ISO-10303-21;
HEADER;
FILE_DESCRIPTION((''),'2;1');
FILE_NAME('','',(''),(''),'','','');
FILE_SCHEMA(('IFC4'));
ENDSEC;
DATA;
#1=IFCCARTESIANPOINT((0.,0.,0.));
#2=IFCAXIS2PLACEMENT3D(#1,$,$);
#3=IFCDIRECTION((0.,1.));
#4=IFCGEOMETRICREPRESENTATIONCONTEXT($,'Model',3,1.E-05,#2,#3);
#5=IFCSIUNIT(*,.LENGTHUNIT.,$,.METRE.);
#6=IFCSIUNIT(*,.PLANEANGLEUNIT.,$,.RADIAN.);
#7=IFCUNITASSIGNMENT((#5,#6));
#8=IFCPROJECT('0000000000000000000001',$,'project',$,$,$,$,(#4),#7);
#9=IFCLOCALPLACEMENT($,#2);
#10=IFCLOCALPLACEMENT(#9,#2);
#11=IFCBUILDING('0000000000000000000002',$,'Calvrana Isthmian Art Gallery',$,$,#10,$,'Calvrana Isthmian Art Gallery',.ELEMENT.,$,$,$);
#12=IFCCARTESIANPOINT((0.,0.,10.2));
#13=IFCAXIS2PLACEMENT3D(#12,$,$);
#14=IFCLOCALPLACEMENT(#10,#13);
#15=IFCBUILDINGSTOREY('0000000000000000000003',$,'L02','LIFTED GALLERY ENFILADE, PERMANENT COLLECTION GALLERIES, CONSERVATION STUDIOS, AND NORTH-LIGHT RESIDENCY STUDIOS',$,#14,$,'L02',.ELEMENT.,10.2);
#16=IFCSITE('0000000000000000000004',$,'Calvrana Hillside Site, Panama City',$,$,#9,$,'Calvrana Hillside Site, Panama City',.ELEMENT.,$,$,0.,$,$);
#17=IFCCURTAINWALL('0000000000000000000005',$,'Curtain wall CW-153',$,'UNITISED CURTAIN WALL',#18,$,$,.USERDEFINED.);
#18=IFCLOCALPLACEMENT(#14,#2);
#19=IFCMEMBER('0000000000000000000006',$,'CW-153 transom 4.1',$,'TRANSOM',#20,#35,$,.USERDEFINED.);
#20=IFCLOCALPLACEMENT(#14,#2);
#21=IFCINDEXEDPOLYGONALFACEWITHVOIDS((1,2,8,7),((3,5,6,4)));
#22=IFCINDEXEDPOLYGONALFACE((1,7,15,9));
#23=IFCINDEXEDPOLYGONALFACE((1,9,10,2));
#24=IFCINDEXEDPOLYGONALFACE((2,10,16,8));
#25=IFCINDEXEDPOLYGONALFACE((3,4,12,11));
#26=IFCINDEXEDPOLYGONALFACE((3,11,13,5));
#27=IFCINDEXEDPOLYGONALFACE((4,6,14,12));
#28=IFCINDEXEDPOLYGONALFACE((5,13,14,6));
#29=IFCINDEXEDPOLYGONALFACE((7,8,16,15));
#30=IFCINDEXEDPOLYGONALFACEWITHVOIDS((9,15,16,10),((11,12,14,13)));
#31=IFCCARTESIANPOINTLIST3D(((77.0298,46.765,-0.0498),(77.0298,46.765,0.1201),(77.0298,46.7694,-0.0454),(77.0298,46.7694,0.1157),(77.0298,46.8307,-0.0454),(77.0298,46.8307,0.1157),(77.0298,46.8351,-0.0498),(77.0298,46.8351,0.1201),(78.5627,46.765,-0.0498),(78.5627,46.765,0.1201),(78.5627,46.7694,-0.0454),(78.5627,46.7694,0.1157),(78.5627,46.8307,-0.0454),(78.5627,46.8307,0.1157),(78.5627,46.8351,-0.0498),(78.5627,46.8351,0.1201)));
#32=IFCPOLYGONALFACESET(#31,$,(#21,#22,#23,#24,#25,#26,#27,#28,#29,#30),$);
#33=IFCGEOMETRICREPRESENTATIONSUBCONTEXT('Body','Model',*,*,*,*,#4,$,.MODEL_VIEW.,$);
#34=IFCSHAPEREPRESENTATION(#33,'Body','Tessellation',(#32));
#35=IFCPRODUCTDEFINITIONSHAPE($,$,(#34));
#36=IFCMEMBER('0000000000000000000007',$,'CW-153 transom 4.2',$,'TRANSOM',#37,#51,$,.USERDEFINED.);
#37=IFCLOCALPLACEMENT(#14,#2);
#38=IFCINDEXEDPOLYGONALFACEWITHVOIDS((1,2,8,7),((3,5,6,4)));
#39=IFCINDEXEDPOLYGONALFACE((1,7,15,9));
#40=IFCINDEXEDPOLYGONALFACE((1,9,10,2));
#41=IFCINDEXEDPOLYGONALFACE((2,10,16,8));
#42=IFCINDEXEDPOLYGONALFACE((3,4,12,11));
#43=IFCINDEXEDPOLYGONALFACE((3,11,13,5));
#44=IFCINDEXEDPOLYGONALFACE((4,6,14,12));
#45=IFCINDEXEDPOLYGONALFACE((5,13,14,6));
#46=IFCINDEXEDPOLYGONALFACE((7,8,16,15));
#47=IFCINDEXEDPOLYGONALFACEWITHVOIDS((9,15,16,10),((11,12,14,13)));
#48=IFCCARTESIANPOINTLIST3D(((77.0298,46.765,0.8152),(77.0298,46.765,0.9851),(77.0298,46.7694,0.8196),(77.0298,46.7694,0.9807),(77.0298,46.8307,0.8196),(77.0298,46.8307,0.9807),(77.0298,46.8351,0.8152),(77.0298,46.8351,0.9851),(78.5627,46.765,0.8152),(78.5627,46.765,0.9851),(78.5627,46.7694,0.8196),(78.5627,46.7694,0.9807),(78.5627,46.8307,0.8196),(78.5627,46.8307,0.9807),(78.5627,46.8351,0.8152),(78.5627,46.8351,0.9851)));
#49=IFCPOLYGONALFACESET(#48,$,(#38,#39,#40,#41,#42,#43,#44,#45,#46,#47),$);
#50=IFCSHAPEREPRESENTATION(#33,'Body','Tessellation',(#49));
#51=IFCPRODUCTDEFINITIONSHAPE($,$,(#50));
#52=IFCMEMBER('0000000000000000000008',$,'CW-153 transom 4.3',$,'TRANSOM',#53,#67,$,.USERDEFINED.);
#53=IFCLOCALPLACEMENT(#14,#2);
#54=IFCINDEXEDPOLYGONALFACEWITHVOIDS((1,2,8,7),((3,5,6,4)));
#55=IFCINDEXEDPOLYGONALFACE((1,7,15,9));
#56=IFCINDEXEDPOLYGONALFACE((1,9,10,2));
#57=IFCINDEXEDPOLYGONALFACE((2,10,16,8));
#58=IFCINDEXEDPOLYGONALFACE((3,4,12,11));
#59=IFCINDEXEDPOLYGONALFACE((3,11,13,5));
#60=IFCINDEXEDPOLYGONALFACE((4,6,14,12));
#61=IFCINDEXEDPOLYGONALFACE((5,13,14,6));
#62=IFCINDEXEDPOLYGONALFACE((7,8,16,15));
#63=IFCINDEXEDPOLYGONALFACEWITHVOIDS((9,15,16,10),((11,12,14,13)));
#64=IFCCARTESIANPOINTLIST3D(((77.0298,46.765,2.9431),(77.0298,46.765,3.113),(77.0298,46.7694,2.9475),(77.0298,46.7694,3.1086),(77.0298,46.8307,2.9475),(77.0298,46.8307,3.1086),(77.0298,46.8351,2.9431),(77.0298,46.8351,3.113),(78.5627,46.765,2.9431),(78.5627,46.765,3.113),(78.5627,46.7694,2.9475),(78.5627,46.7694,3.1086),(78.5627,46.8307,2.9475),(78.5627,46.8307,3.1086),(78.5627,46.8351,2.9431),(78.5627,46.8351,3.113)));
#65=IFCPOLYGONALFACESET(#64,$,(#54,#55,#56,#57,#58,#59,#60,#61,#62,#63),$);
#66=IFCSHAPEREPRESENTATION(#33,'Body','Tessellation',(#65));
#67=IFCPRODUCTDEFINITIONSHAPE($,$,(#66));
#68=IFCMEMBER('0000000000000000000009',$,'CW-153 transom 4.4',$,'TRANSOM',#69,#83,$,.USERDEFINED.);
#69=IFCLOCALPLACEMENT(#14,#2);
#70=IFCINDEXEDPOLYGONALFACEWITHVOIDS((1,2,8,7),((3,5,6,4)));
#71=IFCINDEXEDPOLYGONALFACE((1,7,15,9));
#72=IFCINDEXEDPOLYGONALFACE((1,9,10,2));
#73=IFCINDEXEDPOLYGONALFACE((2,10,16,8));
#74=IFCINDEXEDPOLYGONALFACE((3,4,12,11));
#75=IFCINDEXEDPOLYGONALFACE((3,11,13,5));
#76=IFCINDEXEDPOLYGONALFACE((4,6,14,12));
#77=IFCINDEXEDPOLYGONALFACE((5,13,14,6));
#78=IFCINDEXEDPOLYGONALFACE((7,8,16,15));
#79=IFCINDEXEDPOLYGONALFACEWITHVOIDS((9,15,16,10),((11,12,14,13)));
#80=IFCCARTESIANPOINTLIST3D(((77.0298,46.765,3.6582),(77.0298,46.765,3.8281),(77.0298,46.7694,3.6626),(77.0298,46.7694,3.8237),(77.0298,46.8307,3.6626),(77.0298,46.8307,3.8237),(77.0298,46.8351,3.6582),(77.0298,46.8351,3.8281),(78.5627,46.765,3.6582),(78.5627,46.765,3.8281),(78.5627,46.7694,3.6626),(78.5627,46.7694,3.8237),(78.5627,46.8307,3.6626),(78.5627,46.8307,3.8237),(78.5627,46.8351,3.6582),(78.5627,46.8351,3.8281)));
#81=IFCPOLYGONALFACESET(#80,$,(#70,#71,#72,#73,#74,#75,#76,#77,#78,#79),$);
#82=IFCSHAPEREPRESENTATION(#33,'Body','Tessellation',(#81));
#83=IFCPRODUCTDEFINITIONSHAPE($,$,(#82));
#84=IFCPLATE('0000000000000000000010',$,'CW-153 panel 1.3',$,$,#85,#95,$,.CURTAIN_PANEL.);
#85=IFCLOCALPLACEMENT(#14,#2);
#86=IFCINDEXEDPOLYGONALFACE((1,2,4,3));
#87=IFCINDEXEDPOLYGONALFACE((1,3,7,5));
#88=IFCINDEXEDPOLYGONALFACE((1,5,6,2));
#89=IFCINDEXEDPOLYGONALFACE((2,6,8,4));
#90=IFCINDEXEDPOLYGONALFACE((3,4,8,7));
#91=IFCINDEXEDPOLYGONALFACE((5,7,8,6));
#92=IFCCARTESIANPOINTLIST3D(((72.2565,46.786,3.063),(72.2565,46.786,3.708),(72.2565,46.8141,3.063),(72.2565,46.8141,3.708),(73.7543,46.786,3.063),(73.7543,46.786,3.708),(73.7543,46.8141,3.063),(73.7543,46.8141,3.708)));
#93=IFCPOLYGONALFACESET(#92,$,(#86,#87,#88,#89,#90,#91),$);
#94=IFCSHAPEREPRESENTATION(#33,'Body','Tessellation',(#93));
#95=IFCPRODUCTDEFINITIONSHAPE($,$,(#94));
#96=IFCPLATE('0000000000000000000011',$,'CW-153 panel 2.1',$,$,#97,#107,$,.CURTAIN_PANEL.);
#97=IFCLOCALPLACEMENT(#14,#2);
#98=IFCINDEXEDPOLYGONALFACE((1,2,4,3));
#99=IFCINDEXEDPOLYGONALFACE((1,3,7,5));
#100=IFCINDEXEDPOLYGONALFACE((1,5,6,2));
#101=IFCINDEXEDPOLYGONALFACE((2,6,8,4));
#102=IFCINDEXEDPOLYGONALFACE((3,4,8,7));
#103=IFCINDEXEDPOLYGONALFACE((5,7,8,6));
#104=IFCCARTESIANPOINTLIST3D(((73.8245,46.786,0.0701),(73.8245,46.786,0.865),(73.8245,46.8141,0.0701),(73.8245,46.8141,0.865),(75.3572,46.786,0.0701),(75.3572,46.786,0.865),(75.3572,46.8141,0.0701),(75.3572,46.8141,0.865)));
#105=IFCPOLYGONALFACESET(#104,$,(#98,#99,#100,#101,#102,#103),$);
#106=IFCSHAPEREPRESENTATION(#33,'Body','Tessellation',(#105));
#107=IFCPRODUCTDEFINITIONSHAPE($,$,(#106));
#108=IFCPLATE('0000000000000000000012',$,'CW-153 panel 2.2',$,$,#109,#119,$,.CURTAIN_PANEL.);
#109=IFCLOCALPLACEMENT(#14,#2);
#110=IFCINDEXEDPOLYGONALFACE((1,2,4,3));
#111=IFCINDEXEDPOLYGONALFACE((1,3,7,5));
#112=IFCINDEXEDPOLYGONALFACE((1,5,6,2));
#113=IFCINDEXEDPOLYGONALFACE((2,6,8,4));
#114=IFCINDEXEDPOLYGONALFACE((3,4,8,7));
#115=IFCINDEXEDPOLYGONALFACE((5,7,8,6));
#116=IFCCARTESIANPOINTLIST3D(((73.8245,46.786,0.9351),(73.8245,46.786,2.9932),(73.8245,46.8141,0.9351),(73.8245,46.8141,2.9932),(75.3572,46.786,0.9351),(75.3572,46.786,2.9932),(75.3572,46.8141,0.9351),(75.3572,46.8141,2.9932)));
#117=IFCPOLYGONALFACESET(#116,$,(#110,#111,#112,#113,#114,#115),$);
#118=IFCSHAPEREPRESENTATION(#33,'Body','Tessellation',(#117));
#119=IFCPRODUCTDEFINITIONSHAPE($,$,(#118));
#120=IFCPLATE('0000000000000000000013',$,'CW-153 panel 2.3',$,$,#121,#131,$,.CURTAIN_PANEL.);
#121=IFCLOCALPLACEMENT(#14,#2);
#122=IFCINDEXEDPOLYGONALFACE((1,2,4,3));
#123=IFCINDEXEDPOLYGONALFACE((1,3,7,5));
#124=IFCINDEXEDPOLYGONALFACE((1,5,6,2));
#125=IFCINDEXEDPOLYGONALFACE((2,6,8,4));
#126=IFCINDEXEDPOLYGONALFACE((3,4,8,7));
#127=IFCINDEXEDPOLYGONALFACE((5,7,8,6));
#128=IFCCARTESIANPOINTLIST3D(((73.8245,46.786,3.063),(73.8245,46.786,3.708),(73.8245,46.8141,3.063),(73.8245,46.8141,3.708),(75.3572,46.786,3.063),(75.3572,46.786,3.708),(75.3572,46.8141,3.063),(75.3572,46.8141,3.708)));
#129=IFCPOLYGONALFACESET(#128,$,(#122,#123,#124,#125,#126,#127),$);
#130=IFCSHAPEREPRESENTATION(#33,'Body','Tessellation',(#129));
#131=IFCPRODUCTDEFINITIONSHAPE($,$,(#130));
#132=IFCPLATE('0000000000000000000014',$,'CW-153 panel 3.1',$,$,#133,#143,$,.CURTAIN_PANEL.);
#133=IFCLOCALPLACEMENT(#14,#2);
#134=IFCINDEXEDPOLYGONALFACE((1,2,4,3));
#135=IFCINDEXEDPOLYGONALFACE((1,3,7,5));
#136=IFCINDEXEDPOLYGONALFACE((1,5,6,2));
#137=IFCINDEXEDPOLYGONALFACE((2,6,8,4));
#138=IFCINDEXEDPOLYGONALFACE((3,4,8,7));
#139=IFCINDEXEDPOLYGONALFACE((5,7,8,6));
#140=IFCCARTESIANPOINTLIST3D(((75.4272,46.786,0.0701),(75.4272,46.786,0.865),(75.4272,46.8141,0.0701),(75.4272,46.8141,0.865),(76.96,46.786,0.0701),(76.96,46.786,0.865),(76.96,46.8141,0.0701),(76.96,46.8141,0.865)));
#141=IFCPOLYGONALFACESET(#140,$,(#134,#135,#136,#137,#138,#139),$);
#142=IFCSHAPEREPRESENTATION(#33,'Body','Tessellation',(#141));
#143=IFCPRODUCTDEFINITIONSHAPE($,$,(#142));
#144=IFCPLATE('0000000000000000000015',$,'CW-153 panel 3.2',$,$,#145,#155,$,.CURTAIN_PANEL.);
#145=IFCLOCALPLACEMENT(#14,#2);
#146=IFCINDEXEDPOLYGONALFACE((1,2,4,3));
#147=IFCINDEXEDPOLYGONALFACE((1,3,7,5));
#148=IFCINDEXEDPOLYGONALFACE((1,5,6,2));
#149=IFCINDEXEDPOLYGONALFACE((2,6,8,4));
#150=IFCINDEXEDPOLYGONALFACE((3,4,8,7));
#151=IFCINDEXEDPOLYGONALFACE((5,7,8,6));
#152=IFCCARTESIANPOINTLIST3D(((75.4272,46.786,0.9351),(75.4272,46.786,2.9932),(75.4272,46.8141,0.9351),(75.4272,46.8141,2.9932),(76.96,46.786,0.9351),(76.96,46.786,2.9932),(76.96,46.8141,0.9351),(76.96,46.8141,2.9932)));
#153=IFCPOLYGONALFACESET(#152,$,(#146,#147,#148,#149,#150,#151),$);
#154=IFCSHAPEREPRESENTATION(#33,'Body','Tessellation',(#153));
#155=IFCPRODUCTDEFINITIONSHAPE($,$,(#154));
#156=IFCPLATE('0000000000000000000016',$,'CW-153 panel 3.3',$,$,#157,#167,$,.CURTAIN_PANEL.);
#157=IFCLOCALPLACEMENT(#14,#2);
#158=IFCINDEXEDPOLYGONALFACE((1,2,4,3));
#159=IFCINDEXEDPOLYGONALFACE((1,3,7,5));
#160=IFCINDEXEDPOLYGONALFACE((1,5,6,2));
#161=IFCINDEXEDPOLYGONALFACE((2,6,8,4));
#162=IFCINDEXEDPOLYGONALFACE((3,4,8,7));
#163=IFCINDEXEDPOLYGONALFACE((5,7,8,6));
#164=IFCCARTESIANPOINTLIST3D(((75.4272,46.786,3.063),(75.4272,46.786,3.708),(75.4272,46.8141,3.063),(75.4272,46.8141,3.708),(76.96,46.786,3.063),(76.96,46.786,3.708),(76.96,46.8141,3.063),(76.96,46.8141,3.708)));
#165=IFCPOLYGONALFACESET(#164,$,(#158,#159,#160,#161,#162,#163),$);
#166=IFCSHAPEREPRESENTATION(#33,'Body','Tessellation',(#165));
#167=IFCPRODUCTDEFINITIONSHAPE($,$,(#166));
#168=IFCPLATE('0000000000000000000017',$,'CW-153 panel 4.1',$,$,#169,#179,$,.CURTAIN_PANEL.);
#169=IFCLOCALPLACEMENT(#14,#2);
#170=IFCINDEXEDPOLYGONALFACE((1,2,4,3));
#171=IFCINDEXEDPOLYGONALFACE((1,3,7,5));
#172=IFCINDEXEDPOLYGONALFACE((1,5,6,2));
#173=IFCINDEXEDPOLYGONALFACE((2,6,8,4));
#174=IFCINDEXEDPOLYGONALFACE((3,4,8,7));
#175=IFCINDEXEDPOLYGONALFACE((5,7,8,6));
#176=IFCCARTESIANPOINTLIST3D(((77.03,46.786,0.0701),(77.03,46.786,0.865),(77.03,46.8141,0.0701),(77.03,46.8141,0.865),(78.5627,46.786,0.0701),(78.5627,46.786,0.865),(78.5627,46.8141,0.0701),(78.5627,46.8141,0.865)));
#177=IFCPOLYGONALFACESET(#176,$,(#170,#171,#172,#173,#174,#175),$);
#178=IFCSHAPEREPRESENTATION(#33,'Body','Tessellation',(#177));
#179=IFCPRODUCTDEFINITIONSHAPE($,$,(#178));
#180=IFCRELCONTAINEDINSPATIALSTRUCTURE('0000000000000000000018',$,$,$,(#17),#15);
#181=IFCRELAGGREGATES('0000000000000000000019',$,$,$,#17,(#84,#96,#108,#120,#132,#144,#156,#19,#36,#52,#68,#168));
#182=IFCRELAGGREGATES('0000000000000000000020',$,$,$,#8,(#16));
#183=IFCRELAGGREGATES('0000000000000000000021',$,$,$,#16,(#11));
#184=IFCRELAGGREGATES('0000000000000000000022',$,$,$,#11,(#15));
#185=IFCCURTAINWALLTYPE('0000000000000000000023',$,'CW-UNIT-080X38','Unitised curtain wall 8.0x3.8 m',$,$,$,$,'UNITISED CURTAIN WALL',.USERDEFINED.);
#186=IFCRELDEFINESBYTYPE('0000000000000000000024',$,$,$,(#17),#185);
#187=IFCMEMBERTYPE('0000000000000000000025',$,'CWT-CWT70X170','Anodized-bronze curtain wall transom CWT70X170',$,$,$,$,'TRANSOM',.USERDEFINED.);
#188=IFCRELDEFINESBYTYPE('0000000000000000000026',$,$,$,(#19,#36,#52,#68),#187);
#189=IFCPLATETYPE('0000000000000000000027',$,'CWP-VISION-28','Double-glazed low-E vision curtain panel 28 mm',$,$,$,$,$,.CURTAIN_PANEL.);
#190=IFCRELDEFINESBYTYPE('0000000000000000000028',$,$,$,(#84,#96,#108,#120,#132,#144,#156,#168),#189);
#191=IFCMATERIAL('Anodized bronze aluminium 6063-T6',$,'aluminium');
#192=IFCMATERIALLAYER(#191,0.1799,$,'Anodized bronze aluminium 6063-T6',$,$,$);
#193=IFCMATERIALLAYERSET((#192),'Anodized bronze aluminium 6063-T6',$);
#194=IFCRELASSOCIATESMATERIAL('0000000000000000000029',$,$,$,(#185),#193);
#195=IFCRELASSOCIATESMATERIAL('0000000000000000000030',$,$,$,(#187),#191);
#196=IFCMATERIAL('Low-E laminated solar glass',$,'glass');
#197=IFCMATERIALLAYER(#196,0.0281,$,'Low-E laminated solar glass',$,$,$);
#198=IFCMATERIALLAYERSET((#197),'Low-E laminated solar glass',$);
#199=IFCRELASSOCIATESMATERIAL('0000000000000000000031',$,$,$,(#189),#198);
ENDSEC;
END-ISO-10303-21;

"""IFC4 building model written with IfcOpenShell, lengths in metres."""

from ifc_helpers import new_model, si_unit, direction, frame, origin, origin_2d, place, context, subcontext, project, spatial, rectangle, hollow_rectangle, extrude, material, layer, layer_set, material_profile, profile_set, type_object, element, aggregate, save


model = new_model("IFC4")

# Units and contexts
model_context = context("Model", 3, precision=1e-05, world=origin(), true_north=direction((0.0, 1.0)))
body_context = subcontext(model_context, "Body", "Model", "MODEL_VIEW")
ifc_project = project(units=[si_unit("LENGTHUNIT", "METRE"), si_unit("PLANEANGLEUNIT", "RADIAN")], contexts=[model_context])

# Site, building, storey
site_placement = place(None, origin())
site = spatial("IfcSite", under=ifc_project, at=site_placement, Name="Calvrana Hillside Site, Panama City", LongName="Calvrana Hillside Site, Panama City", CompositionType="ELEMENT", RefElevation=0.0)
building_placement = place(site_placement, origin())
building = spatial("IfcBuilding", under=site, at=building_placement, Name="Calvrana Isthmian Art Gallery", LongName="Calvrana Isthmian Art Gallery", CompositionType="ELEMENT")
storey_placement = place(building_placement, frame((0.0, 0.0, 10.2)))
storey = spatial("IfcBuildingStorey", under=building, at=storey_placement, Name="L02", Description="LIFTED GALLERY ENFILADE, PERMANENT COLLECTION GALLERIES, CONSERVATION STUDIOS, AND NORTH-LIGHT RESIDENCY STUDIOS", LongName="L02", CompositionType="ELEMENT", Elevation=10.2)

# Curtain wall, members, plates
ifc_material_1 = material(Name="Anodized bronze aluminium 6063-T6", Category="aluminium")
ifc_layer_1 = layer(ifc_material_1, 0.1799, Name="Anodized bronze aluminium 6063-T6")
ifc_layer_set_1 = layer_set([ifc_layer_1], Name="Anodized bronze aluminium 6063-T6")
curtain_wall_type = type_object("IfcCurtainWallType", Name="CW-UNIT-080X38", Description="Unitised curtain wall 8.0x3.8 m", ElementType="UNITISED CURTAIN WALL", PredefinedType="USERDEFINED", material=ifc_layer_set_1)
curtain_wall_placement = place(storey_placement, origin())
curtain_wall = element("IfcCurtainWall", 1, at=curtain_wall_placement, inside=storey, type_object=curtain_wall_type, Name="Curtain wall CW-153", ObjectType="UNITISED CURTAIN WALL", PredefinedType="USERDEFINED")
ifc_material_profile_1 = material_profile(ifc_material_1, hollow_rectangle(XDim=0.0701, YDim=0.1699, WallThickness=0.0044, at=origin_2d()), Name="CWT70X170")
ifc_profile_set_1 = profile_set([ifc_material_profile_1], Name="Anodized bronze aluminium 6063-T6")
member_type_1 = type_object("IfcMemberType", Name="CWT-CWT70X170", Description="Anodized-bronze curtain wall transom CWT70X170", ElementType="TRANSOM", PredefinedType="USERDEFINED", material=ifc_profile_set_1)
member_1_placement = place(storey_placement, frame((77.0298, 46.8, 0.0352), z_axis=(1.0, 0.0, 0.0), x_axis=(0.0, 1.0, 0.0)))
member_1 = element("IfcMember", 2, at=member_1_placement, type_object=member_type_1, Name="CW-153 transom 4.1", ObjectType="TRANSOM", PredefinedType="USERDEFINED", context=body_context, shape_type="SweptSolid", body=[
    extrude(hollow_rectangle(XDim=0.0701, YDim=0.1699, WallThickness=0.0044, at=origin_2d()), origin(), (0.0, 0.0, 1.0), 1.533),
])
member_2_placement = place(storey_placement, frame((77.0298, 46.8, 0.9001), z_axis=(1.0, 0.0, 0.0), x_axis=(0.0, 1.0, 0.0)))
member_2 = element("IfcMember", 3, at=member_2_placement, type_object=member_type_1, Name="CW-153 transom 4.2", ObjectType="TRANSOM", PredefinedType="USERDEFINED", context=body_context, shape_type="SweptSolid", body=[
    extrude(hollow_rectangle(XDim=0.0701, YDim=0.1699, WallThickness=0.0044, at=origin_2d()), origin(), (0.0, 0.0, 1.0), 1.533),
])
member_3_placement = place(storey_placement, frame((77.0298, 46.8, 3.0281), z_axis=(1.0, 0.0, 0.0), x_axis=(0.0, 1.0, 0.0)))
member_3 = element("IfcMember", 4, at=member_3_placement, type_object=member_type_1, Name="CW-153 transom 4.3", ObjectType="TRANSOM", PredefinedType="USERDEFINED", context=body_context, shape_type="SweptSolid", body=[
    extrude(hollow_rectangle(XDim=0.0701, YDim=0.1699, WallThickness=0.0044, at=origin_2d()), origin(), (0.0, 0.0, 1.0), 1.533),
])
member_4_placement = place(storey_placement, frame((77.0298, 46.8, 3.7432), z_axis=(1.0, 0.0, 0.0), x_axis=(0.0, 1.0, 0.0)))
member_4 = element("IfcMember", 5, at=member_4_placement, type_object=member_type_1, Name="CW-153 transom 4.4", ObjectType="TRANSOM", PredefinedType="USERDEFINED", context=body_context, shape_type="SweptSolid", body=[
    extrude(hollow_rectangle(XDim=0.0701, YDim=0.1699, WallThickness=0.0044, at=origin_2d()), origin(), (0.0, 0.0, 1.0), 1.533),
])
ifc_material_2 = material(Name="Low-E laminated solar glass", Category="glass")
ifc_layer_2 = layer(ifc_material_2, 0.0281, Name="Low-E laminated solar glass")
ifc_layer_set_2 = layer_set([ifc_layer_2], Name="Low-E laminated solar glass")
plate_type = type_object("IfcPlateType", Name="CWP-VISION-28", Description="Double-glazed low-E vision curtain panel 28 mm", PredefinedType="CURTAIN_PANEL", material=ifc_layer_set_2)
plate_1_placement = place(storey_placement, frame((73.0054, 46.8, 3.063), z_axis=(0.0, 0.0, 1.0), x_axis=(1.0, 0.0, 0.0)))
plate_1 = element("IfcPlate", 6, at=plate_1_placement, type_object=plate_type, Name="CW-153 panel 1.3", PredefinedType="CURTAIN_PANEL", context=body_context, shape_type="SweptSolid", body=[
    extrude(rectangle(XDim=1.4978, YDim=0.0281, at=origin_2d()), origin(), (0.0, 0.0, 1.0), 0.645),
])
plate_2_placement = place(storey_placement, frame((74.5908, 46.8, 0.0701), z_axis=(0.0, 0.0, 1.0), x_axis=(1.0, 0.0, 0.0)))
plate_2 = element("IfcPlate", 7, at=plate_2_placement, type_object=plate_type, Name="CW-153 panel 2.1", PredefinedType="CURTAIN_PANEL", context=body_context, shape_type="SweptSolid", body=[
    extrude(rectangle(XDim=1.5327, YDim=0.0281, at=origin_2d()), origin(), (0.0, 0.0, 1.0), 0.7949),
])
plate_3_placement = place(storey_placement, frame((74.5908, 46.8, 0.9351), z_axis=(0.0, 0.0, 1.0), x_axis=(1.0, 0.0, 0.0)))
plate_3 = element("IfcPlate", 8, at=plate_3_placement, type_object=plate_type, Name="CW-153 panel 2.2", PredefinedType="CURTAIN_PANEL", context=body_context, shape_type="SweptSolid", body=[
    extrude(rectangle(XDim=1.5327, YDim=0.0281, at=origin_2d()), origin(), (0.0, 0.0, 1.0), 2.0581),
])
plate_4_placement = place(storey_placement, frame((74.5908, 46.8, 3.063), z_axis=(0.0, 0.0, 1.0), x_axis=(1.0, 0.0, 0.0)))
plate_4 = element("IfcPlate", 9, at=plate_4_placement, type_object=plate_type, Name="CW-153 panel 2.3", PredefinedType="CURTAIN_PANEL", context=body_context, shape_type="SweptSolid", body=[
    extrude(rectangle(XDim=1.5327, YDim=0.0281, at=origin_2d()), origin(), (0.0, 0.0, 1.0), 0.645),
])
plate_5_placement = place(storey_placement, frame((76.1936, 46.8, 0.0701), z_axis=(0.0, 0.0, 1.0), x_axis=(1.0, 0.0, 0.0)))
plate_5 = element("IfcPlate", 10, at=plate_5_placement, type_object=plate_type, Name="CW-153 panel 3.1", PredefinedType="CURTAIN_PANEL", context=body_context, shape_type="SweptSolid", body=[
    extrude(rectangle(XDim=1.5327, YDim=0.0281, at=origin_2d()), origin(), (0.0, 0.0, 1.0), 0.7949),
])
plate_6_placement = place(storey_placement, frame((76.1936, 46.8, 0.9351), z_axis=(0.0, 0.0, 1.0), x_axis=(1.0, 0.0, 0.0)))
plate_6 = element("IfcPlate", 11, at=plate_6_placement, type_object=plate_type, Name="CW-153 panel 3.2", PredefinedType="CURTAIN_PANEL", context=body_context, shape_type="SweptSolid", body=[
    extrude(rectangle(XDim=1.5327, YDim=0.0281, at=origin_2d()), origin(), (0.0, 0.0, 1.0), 2.0581),
])
plate_7_placement = place(storey_placement, frame((76.1936, 46.8, 3.063), z_axis=(0.0, 0.0, 1.0), x_axis=(1.0, 0.0, 0.0)))
plate_7 = element("IfcPlate", 12, at=plate_7_placement, type_object=plate_type, Name="CW-153 panel 3.3", PredefinedType="CURTAIN_PANEL", context=body_context, shape_type="SweptSolid", body=[
    extrude(rectangle(XDim=1.5327, YDim=0.0281, at=origin_2d()), origin(), (0.0, 0.0, 1.0), 0.645),
])
plate_8_placement = place(storey_placement, frame((77.7964, 46.8, 0.0701), z_axis=(0.0, 0.0, 1.0), x_axis=(1.0, 0.0, 0.0)))
plate_8 = element("IfcPlate", 13, at=plate_8_placement, type_object=plate_type, Name="CW-153 panel 4.1", PredefinedType="CURTAIN_PANEL", context=body_context, shape_type="SweptSolid", body=[
    extrude(rectangle(XDim=1.5327, YDim=0.0281, at=origin_2d()), origin(), (0.0, 0.0, 1.0), 0.7949),
])
aggregate(curtain_wall, [plate_1, plate_2, plate_3, plate_4, plate_5, plate_6, plate_7, member_1, member_2, member_3, member_4, plate_8])

save(model, "model.ifc")
